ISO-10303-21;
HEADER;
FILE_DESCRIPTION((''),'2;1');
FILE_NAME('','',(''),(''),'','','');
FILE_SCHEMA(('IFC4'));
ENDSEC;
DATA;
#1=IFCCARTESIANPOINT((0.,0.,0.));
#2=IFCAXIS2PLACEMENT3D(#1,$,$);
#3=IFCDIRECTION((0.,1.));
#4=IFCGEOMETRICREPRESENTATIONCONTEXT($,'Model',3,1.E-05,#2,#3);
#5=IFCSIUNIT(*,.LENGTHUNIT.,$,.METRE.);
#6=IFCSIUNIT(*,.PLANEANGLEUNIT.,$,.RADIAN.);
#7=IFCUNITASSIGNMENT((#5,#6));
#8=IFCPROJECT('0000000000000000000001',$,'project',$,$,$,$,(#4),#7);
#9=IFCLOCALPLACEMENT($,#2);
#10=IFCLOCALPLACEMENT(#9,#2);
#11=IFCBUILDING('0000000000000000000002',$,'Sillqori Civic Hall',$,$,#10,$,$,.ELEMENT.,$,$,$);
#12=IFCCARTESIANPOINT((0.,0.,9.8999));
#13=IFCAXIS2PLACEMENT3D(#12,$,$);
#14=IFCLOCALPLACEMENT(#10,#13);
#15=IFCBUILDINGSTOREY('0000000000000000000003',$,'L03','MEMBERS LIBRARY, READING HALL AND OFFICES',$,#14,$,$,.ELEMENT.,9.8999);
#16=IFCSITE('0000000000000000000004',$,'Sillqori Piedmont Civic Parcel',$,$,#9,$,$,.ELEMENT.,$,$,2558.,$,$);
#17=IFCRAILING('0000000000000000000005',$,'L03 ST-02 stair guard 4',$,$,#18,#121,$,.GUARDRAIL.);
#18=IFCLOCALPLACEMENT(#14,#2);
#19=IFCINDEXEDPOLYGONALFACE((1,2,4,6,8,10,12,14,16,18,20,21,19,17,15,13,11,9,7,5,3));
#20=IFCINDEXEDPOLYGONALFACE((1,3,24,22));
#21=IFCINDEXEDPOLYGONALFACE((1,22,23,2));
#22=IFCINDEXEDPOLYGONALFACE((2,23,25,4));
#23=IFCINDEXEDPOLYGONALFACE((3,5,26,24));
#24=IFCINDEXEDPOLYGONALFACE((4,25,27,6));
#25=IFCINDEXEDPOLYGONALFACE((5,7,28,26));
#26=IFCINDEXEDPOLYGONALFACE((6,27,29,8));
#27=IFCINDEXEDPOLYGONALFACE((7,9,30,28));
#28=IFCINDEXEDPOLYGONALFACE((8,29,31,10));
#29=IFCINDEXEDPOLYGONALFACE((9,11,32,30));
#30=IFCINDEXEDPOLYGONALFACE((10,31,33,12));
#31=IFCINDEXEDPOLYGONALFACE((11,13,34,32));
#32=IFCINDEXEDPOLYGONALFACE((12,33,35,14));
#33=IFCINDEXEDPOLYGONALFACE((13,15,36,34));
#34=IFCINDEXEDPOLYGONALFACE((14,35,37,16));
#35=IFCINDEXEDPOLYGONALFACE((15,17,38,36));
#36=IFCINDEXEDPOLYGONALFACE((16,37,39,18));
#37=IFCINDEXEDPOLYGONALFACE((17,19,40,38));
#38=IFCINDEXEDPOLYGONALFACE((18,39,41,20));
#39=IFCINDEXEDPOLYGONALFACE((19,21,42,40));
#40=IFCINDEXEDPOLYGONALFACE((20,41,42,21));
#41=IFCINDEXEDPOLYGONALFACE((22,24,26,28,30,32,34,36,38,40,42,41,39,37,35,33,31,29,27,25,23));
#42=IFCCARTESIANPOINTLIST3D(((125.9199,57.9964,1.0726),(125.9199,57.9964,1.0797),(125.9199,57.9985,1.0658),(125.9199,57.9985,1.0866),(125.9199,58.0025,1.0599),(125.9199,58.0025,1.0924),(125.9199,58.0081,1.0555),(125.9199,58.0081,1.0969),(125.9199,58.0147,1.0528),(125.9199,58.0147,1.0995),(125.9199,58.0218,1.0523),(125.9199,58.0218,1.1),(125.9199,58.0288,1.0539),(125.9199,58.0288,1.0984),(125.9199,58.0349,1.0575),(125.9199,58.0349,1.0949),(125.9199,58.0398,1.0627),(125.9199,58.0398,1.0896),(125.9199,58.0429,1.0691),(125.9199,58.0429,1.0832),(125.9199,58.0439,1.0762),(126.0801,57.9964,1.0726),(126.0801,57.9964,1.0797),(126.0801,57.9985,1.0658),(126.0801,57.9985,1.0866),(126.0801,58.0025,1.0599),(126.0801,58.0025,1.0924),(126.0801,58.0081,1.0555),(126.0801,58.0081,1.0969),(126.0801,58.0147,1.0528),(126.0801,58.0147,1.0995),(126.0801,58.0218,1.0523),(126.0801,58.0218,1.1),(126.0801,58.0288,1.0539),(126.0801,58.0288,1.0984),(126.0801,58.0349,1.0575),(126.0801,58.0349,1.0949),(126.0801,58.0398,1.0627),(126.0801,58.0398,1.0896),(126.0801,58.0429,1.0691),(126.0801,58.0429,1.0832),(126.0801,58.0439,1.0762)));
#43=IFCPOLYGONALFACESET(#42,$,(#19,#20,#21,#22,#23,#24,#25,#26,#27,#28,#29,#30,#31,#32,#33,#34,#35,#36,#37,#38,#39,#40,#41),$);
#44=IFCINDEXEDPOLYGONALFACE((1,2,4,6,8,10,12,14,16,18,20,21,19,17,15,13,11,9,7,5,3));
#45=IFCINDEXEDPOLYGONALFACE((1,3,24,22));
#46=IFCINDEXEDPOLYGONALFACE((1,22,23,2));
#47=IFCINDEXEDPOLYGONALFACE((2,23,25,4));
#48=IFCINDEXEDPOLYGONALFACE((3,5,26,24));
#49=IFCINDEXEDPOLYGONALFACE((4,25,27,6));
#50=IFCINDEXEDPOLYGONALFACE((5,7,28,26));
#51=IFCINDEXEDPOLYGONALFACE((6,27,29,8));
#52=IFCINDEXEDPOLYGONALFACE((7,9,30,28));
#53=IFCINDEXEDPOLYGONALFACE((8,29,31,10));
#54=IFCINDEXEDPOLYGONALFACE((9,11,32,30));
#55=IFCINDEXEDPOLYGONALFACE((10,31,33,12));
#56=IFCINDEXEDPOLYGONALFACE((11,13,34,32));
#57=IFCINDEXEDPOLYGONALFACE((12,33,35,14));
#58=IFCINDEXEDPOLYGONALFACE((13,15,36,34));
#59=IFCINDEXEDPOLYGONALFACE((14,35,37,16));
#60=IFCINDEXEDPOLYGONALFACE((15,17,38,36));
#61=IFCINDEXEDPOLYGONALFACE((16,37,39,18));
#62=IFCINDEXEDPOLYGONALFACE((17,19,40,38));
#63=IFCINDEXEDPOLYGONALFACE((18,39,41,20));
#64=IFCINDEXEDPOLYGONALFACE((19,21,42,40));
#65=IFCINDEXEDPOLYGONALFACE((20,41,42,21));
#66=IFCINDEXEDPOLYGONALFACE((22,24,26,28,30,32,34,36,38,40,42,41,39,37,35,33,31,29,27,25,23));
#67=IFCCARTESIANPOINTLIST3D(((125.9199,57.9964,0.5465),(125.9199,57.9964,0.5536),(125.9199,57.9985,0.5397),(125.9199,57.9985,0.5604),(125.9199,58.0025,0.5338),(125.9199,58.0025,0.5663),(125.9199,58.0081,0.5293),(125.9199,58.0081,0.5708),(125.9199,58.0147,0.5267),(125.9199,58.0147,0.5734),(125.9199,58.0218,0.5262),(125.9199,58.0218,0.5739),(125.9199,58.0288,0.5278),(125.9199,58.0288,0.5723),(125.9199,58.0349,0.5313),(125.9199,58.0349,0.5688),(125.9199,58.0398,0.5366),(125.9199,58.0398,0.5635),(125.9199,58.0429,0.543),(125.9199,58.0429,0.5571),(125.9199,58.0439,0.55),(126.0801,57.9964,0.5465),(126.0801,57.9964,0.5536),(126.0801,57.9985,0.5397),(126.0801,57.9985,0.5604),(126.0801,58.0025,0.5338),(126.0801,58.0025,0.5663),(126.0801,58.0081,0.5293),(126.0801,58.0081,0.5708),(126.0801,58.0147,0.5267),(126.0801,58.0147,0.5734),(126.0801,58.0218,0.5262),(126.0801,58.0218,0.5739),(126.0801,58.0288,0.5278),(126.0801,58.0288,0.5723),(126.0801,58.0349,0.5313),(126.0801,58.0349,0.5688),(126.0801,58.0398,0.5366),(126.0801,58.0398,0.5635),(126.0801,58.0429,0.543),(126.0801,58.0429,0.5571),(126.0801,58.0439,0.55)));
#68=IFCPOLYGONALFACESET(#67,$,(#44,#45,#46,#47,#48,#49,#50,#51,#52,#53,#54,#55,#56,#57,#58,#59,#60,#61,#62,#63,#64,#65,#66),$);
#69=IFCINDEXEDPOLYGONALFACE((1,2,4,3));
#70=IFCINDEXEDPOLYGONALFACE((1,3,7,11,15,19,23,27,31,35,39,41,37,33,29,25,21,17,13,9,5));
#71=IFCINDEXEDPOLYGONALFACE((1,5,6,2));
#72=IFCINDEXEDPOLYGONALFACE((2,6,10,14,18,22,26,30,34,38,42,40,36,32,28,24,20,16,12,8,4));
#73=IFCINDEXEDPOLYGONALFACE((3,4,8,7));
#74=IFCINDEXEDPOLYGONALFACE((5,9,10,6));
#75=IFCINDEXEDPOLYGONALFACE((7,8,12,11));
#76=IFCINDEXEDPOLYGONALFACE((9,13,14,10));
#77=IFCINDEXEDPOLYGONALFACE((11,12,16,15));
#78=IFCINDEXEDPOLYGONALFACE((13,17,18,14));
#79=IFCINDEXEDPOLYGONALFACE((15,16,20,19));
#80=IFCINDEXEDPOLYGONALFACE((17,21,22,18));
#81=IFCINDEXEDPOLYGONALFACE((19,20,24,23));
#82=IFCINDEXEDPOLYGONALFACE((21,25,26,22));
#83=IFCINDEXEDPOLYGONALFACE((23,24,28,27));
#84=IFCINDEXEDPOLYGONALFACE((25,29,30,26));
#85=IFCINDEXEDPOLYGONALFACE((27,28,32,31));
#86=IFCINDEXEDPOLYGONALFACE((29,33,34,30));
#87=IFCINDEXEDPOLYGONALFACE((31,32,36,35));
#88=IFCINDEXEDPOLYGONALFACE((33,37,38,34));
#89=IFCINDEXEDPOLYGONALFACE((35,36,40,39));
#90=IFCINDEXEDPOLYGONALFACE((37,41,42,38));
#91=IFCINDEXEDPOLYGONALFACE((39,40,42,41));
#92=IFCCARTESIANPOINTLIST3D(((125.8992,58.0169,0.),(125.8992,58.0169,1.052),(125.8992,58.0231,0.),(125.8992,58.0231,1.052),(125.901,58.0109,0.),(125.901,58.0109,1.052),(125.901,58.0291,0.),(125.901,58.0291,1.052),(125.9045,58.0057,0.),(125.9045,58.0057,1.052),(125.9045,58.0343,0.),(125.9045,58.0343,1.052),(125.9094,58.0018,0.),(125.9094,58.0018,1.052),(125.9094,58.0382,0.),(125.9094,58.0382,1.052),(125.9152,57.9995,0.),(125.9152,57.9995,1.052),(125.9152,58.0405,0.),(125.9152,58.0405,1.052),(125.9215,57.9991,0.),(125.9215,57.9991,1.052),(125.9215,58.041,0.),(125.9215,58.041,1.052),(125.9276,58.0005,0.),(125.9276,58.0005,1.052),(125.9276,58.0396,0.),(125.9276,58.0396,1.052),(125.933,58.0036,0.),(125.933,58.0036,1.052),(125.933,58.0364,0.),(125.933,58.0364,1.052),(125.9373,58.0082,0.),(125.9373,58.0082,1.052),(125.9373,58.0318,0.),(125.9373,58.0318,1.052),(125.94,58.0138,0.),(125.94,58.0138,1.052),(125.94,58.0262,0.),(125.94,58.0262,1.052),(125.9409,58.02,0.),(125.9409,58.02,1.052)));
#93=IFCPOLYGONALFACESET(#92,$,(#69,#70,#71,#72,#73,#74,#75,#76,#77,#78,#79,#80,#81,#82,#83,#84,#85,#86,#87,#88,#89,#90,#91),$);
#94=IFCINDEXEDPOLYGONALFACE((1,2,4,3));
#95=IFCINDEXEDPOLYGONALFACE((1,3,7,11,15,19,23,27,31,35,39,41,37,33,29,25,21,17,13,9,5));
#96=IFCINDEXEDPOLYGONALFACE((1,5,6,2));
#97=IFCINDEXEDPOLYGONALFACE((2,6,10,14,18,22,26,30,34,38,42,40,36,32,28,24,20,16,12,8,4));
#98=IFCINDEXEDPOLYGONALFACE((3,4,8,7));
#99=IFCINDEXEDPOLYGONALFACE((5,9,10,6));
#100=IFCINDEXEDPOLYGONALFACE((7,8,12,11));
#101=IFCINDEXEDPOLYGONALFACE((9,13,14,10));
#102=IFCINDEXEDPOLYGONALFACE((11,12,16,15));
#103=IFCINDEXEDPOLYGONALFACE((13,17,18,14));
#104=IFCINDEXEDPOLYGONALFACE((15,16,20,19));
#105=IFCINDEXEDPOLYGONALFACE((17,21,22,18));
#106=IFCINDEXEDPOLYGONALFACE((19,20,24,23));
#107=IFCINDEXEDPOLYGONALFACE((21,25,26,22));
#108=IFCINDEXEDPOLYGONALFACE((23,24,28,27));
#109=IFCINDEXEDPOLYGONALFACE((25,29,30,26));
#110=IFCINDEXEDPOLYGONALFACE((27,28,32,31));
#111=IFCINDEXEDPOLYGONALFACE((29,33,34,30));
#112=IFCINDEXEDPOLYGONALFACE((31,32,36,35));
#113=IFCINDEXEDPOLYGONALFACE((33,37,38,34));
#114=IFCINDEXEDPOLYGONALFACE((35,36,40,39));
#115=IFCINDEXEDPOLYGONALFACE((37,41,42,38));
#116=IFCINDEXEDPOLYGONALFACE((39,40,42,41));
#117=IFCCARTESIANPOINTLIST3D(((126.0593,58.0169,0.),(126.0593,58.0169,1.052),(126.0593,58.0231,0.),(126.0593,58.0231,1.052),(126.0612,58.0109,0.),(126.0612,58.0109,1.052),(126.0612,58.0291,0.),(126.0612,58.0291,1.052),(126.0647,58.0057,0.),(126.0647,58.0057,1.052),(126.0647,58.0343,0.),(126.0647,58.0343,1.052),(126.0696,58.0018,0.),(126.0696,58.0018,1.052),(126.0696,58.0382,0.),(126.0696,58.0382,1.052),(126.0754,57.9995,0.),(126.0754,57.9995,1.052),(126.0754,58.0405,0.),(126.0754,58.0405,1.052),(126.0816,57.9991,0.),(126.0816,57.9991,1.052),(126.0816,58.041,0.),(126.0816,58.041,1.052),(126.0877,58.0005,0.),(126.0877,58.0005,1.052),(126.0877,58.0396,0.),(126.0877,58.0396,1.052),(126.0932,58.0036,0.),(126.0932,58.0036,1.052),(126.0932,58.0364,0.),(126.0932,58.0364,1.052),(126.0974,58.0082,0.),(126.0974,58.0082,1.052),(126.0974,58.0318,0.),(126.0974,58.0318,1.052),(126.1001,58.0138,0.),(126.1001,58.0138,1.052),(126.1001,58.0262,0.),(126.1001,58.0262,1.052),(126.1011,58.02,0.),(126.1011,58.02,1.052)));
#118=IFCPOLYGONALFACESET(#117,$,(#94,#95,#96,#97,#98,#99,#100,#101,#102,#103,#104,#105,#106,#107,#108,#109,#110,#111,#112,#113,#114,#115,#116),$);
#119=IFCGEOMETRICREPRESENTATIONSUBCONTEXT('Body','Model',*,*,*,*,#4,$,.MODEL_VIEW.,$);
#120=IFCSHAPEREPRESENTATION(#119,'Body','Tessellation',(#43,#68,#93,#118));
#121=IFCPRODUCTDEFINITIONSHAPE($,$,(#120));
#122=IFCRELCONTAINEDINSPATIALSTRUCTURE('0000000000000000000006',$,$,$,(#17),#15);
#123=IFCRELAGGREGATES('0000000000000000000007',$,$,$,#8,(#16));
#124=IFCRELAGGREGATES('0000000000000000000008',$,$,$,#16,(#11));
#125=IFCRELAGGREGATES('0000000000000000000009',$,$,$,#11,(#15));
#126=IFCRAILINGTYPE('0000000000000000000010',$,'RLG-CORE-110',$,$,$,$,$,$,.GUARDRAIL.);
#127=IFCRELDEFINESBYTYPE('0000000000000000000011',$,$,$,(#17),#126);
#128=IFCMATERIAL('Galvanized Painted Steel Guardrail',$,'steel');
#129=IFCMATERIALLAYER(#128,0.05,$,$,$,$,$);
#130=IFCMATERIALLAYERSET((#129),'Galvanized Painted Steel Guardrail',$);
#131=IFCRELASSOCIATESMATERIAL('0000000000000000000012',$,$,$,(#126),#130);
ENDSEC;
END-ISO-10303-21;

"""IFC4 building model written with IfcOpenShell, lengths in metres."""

from ifc_helpers import new_model, si_unit, direction, frame, origin, origin_2d, place, context, subcontext, project, spatial, circle, extrude, material, layer, layer_set, type_object, element, save


model = new_model("IFC4")

# Units and contexts
model_context = context("Model", 3, precision=1e-05, world=origin(), true_north=direction((0.0, 1.0)))
body_context = subcontext(model_context, "Body", "Model", "MODEL_VIEW")
ifc_project = project(units=[si_unit("LENGTHUNIT", "METRE"), si_unit("PLANEANGLEUNIT", "RADIAN")], contexts=[model_context])

# Site, building, storey
site_placement = place(None, origin())
site = spatial("IfcSite", under=ifc_project, at=site_placement, Name="Sillqori Piedmont Civic Parcel", CompositionType="ELEMENT", RefElevation=2558.0)
building_placement = place(site_placement, origin())
building = spatial("IfcBuilding", under=site, at=building_placement, Name="Sillqori Civic Hall", CompositionType="ELEMENT")
storey_placement = place(building_placement, frame((0.0, 0.0, 9.8999)))
storey = spatial("IfcBuildingStorey", under=building, at=storey_placement, Name="L03", Description="MEMBERS LIBRARY, READING HALL AND OFFICES", CompositionType="ELEMENT", Elevation=9.8999)

# Railing
ifc_material_1 = material(Name="Galvanized Painted Steel Guardrail", Category="steel")
ifc_layer_1 = layer(ifc_material_1, 0.05)
ifc_layer_set_1 = layer_set([ifc_layer_1], Name="Galvanized Painted Steel Guardrail")
railing_type_1 = type_object("IfcRailingType", Name="RLG-CORE-110", PredefinedType="GUARDRAIL", material=ifc_layer_set_1)
railing_1_placement = place(storey_placement, frame((125.9199, 58.02, 0.0)))
element("IfcRailing", 1, at=railing_1_placement, inside=storey, type_object=railing_type_1, Name="L03 ST-02 stair guard 4", PredefinedType="GUARDRAIL", context=body_context, shape_type="SweptSolid", body=[
    extrude(circle(Radius=0.0239, at=origin_2d()), frame((0.0, 0.0, 1.0762), z_axis=(1.0, 0.0, 0.0), x_axis=(0.0, 1.0, 0.0)), (0.0, 0.0, 1.0), 0.1602),
    extrude(circle(Radius=0.0239, at=origin_2d()), frame((0.0, 0.0, 0.55), z_axis=(1.0, 0.0, 0.0), x_axis=(0.0, 1.0, 0.0)), (0.0, 0.0, 1.0), 0.1602),
    extrude(circle(Radius=0.021, at=origin_2d()), origin(), (0.0, 0.0, 1.0), 1.052),
    extrude(circle(Radius=0.021, at=origin_2d()), frame((0.1602, 0.0, 0.0)), (0.0, 0.0, 1.0), 1.052),
])

save(model, "model.ifc")
